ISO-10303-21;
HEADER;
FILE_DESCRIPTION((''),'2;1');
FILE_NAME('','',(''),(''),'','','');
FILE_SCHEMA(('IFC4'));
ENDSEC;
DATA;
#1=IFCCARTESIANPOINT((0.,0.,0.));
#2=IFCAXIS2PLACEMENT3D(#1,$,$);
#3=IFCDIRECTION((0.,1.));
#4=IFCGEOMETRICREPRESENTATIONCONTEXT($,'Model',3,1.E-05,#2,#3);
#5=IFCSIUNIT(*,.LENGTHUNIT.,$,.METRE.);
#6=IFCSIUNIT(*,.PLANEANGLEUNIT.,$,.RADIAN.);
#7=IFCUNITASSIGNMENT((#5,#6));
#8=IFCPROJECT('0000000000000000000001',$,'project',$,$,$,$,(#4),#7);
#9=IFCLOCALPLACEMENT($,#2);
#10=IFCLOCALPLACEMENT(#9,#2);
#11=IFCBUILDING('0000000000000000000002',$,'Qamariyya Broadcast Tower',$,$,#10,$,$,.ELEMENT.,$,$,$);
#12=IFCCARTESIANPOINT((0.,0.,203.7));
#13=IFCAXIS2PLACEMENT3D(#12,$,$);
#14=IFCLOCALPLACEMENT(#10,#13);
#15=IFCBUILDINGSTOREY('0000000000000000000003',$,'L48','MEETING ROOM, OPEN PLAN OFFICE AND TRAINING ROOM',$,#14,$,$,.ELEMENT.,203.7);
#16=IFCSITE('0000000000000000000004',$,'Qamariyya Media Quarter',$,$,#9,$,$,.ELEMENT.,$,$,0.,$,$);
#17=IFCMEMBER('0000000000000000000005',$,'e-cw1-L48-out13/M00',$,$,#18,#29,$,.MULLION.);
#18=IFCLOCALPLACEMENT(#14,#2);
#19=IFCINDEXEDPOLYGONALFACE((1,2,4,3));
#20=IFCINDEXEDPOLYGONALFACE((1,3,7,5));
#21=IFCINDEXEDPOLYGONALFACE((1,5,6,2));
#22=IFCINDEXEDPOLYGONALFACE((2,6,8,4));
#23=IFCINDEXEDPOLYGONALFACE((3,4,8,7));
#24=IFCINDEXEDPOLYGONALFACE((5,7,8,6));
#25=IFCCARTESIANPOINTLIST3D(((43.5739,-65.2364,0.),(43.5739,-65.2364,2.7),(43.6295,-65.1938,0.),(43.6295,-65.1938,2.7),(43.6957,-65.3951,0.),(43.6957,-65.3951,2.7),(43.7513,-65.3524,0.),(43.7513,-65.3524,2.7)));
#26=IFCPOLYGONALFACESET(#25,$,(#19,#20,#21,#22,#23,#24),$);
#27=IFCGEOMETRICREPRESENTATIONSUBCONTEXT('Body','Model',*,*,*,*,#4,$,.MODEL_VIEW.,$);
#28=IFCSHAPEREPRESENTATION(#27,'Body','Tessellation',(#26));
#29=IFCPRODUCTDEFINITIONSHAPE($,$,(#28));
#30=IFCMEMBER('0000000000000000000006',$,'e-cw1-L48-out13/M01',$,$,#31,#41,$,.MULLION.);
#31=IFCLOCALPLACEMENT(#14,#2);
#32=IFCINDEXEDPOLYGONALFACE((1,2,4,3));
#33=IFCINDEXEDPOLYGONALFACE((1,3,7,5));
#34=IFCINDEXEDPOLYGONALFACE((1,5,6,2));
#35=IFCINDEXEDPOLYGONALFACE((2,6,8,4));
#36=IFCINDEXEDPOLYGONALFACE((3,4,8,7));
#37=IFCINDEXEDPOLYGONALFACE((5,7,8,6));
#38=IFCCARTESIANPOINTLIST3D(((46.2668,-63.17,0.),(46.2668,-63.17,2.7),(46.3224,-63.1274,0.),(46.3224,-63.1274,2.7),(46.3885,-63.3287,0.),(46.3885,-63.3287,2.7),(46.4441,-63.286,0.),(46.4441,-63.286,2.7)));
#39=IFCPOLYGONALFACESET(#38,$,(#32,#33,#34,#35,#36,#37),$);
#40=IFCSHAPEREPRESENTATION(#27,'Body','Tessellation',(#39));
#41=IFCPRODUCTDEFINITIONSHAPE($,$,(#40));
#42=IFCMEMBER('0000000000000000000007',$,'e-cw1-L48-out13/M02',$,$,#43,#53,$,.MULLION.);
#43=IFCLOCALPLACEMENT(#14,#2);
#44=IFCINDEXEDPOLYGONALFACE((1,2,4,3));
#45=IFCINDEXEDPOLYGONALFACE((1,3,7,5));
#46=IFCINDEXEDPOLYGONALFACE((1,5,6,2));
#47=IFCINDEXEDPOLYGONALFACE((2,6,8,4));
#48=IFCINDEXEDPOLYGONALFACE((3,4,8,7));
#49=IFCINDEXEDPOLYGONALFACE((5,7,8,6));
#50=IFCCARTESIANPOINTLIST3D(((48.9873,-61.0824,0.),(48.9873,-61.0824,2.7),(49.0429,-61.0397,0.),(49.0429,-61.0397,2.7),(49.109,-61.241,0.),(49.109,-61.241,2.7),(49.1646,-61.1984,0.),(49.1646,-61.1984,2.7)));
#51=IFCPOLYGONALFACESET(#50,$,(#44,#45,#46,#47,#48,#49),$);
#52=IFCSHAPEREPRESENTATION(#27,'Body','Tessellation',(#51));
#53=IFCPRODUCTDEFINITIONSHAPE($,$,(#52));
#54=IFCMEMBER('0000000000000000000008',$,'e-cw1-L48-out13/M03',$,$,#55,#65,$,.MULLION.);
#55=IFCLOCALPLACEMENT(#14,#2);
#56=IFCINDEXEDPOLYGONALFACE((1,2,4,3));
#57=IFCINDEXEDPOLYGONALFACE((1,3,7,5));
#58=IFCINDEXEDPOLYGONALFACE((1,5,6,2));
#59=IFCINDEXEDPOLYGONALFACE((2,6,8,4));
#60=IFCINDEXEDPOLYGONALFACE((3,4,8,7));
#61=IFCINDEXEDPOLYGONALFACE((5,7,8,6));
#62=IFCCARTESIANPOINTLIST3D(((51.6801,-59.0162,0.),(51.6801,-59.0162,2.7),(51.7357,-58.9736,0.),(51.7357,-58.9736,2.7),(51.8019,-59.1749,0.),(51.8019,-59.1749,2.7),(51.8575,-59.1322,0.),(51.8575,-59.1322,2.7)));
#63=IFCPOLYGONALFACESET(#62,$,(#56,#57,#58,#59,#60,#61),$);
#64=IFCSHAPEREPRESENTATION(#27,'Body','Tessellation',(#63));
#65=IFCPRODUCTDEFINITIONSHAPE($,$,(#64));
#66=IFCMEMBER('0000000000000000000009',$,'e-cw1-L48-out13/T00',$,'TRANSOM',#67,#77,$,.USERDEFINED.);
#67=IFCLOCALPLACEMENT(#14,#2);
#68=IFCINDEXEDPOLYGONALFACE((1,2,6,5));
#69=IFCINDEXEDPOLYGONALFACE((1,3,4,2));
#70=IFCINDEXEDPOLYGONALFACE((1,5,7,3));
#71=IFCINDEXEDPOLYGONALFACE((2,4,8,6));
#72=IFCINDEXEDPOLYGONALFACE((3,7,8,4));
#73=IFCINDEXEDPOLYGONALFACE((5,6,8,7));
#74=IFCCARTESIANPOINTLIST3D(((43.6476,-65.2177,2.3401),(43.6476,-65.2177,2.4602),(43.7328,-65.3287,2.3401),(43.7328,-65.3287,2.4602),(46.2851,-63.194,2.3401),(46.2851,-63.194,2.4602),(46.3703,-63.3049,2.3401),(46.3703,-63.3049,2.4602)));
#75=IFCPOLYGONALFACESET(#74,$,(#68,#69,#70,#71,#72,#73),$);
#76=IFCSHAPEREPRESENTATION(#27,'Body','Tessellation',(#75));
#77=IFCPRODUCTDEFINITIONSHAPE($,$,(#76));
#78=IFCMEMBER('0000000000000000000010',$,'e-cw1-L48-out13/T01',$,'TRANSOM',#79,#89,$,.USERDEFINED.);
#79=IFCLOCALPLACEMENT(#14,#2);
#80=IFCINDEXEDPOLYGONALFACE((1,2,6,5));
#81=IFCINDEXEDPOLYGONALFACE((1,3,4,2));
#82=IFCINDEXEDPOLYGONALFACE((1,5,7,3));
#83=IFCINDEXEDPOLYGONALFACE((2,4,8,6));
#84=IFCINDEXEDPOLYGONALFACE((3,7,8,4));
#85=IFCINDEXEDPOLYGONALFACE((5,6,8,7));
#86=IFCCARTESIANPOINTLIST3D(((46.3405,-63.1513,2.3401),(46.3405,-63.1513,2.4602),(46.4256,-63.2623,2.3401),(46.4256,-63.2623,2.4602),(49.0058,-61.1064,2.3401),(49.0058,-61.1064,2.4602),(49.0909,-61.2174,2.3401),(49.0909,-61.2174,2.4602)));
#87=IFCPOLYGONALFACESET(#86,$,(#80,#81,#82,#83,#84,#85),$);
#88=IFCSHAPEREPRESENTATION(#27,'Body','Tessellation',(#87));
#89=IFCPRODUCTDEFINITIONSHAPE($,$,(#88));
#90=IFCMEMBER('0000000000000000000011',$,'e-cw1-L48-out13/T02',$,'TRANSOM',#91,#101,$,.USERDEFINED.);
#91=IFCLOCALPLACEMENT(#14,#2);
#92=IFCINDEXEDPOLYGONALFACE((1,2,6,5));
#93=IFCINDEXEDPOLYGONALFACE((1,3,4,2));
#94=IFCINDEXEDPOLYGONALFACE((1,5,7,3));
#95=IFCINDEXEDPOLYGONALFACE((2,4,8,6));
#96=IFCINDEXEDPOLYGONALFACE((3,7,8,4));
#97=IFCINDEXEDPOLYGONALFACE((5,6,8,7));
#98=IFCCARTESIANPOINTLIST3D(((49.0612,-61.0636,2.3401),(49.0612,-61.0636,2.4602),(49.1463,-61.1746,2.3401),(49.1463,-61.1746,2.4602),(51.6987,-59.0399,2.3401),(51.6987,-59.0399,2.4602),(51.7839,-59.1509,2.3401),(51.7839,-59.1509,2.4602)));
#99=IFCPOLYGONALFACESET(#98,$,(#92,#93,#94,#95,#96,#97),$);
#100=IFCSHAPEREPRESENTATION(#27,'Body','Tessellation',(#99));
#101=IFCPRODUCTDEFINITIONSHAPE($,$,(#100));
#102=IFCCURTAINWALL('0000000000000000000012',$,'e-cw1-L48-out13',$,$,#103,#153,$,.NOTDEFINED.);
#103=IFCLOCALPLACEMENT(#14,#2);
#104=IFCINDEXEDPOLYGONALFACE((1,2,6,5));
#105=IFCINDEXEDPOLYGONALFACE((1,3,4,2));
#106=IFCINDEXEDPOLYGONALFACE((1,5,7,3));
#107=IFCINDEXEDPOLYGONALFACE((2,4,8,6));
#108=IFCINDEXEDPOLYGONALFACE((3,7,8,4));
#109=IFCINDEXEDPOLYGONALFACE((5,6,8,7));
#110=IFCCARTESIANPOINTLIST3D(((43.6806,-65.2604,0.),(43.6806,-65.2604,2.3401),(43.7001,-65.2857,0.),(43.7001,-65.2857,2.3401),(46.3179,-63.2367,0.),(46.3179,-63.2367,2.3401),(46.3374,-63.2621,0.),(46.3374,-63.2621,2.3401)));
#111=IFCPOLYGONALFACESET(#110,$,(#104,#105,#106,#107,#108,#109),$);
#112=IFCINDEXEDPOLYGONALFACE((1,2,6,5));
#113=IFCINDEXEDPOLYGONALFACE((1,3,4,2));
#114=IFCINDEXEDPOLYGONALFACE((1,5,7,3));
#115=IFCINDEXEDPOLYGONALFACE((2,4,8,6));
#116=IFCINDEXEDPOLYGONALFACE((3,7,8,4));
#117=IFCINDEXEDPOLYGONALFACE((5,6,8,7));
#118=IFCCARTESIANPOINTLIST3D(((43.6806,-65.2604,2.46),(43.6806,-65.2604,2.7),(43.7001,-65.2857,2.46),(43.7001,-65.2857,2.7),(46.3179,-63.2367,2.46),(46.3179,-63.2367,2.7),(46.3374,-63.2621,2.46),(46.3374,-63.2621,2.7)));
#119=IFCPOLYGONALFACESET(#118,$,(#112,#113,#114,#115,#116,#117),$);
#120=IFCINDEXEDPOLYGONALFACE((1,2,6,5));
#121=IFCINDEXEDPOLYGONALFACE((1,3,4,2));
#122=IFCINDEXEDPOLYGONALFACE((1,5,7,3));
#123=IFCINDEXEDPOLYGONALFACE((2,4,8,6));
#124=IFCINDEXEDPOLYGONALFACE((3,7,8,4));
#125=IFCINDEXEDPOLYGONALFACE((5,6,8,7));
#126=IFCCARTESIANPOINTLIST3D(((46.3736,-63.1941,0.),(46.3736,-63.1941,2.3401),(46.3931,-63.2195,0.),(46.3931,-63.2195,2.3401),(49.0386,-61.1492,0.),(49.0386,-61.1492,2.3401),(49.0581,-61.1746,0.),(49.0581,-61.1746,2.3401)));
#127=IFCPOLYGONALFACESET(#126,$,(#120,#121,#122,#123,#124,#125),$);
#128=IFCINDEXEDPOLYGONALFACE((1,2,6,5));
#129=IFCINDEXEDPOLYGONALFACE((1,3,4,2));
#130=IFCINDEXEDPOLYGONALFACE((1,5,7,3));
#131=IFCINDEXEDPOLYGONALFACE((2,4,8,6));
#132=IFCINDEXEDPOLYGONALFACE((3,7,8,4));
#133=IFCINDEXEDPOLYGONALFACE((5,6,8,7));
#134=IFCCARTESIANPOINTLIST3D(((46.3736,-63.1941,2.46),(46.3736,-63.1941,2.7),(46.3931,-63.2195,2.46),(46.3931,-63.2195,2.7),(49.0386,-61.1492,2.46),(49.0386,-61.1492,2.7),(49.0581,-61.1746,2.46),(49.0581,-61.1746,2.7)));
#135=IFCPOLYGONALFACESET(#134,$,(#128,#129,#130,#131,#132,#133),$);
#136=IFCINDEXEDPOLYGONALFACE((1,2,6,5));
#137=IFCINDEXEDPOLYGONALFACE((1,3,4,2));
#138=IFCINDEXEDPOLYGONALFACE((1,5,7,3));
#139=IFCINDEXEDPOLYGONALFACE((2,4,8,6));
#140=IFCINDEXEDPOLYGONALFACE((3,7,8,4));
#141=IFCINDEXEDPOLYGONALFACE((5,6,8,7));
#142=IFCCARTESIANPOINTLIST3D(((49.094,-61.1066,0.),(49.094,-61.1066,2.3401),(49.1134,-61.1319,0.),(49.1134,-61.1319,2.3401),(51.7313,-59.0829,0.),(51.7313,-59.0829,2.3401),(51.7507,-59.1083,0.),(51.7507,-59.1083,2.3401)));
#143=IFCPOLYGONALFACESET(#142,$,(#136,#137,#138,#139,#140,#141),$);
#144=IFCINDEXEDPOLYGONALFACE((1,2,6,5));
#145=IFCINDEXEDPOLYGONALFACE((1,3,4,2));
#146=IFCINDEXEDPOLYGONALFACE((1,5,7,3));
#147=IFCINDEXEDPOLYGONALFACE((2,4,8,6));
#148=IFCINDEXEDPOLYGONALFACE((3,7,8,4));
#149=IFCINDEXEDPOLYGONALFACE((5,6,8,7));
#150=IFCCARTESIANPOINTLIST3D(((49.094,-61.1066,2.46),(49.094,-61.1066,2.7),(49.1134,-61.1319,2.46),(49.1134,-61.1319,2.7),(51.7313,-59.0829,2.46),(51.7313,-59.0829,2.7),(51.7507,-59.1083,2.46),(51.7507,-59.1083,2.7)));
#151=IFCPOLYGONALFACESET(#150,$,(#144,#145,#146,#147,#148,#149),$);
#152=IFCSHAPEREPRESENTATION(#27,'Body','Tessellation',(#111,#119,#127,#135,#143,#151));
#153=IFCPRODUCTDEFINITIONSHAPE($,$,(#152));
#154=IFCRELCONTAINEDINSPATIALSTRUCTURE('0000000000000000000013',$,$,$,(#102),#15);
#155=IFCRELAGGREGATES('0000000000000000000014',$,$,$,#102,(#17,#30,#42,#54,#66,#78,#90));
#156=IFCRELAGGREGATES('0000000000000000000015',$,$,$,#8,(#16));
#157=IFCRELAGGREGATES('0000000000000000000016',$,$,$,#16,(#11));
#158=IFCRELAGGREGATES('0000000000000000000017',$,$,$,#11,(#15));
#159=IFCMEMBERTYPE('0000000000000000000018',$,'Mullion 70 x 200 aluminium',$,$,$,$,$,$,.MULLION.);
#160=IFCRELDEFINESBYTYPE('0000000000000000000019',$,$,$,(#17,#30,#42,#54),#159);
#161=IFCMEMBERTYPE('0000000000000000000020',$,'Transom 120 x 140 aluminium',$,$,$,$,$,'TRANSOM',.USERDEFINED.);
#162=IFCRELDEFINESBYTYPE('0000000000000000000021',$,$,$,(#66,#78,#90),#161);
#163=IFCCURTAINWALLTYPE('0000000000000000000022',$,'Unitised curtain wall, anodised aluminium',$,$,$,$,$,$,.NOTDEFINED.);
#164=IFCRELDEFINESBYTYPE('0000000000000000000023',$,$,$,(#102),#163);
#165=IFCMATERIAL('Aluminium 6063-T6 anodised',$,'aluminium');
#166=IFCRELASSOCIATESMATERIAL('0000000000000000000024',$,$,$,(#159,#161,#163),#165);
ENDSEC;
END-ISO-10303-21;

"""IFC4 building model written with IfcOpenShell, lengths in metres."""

from ifc_helpers import new_model, si_unit, direction, frame, origin, origin_2d, place, context, subcontext, project, spatial, rectangle, extrude, material, material_profile, profile_set, type_object, element, aggregate, save


model = new_model("IFC4")

# Units and contexts
model_context = context("Model", 3, precision=1e-05, world=origin(), true_north=direction((0.0, 1.0)))
body_context = subcontext(model_context, "Body", "Model", "MODEL_VIEW")
ifc_project = project(units=[si_unit("LENGTHUNIT", "METRE"), si_unit("PLANEANGLEUNIT", "RADIAN")], contexts=[model_context])

# Members
ifc_material = material(Name="Aluminium 6063-T6 anodised", Category="aluminium")
ifc_material_profile_1 = material_profile(ifc_material, rectangle(XDim=0.2, YDim=0.0701, at=origin_2d()))
ifc_profile_set_1 = profile_set([ifc_material_profile_1], Name="Aluminium 6063-T6 anodised")
member_type_1 = type_object("IfcMemberType", Name="Mullion 70 x 200 aluminium", PredefinedType="MULLION", material=ifc_profile_set_1)
site_placement = place(None, origin())
building_placement = place(site_placement, origin())
storey_placement = place(building_placement, frame((0.0, 0.0, 203.7)))
member_1_placement = place(storey_placement, frame((43.6626, -65.2944, 0.0), z_axis=(0.0, 0.0, 1.0), x_axis=(-0.608761, 0.793353, 0.0)))
member_1 = element("IfcMember", 1, at=member_1_placement, type_object=member_type_1, Name="e-cw1-L48-out13/M00", PredefinedType="MULLION", context=body_context, shape_type="SweptSolid", body=[
    extrude(rectangle(XDim=0.2, YDim=0.0701, at=origin_2d()), origin(), (0.0, 0.0, 1.0), 2.7),
])
member_2_placement = place(storey_placement, frame((46.3555, -63.228, 0.0), z_axis=(0.0, 0.0, 1.0), x_axis=(-0.608761, 0.793353, 0.0)))
member_2 = element("IfcMember", 2, at=member_2_placement, type_object=member_type_1, Name="e-cw1-L48-out13/M01", PredefinedType="MULLION", context=body_context, shape_type="SweptSolid", body=[
    extrude(rectangle(XDim=0.2, YDim=0.0701, at=origin_2d()), origin(), (0.0, 0.0, 1.0), 2.7),
])
member_3_placement = place(storey_placement, frame((49.0759, -61.1404, 0.0), z_axis=(0.0, 0.0, 1.0), x_axis=(-0.608761, 0.793353, 0.0)))
member_3 = element("IfcMember", 3, at=member_3_placement, type_object=member_type_1, Name="e-cw1-L48-out13/M02", PredefinedType="MULLION", context=body_context, shape_type="SweptSolid", body=[
    extrude(rectangle(XDim=0.2, YDim=0.0701, at=origin_2d()), origin(), (0.0, 0.0, 1.0), 2.7),
])
member_4_placement = place(storey_placement, frame((51.7688, -59.0742, 0.0), z_axis=(0.0, 0.0, 1.0), x_axis=(-0.608761, 0.793353, 0.0)))
member_4 = element("IfcMember", 4, at=member_4_placement, type_object=member_type_1, Name="e-cw1-L48-out13/M03", PredefinedType="MULLION", context=body_context, shape_type="SweptSolid", body=[
    extrude(rectangle(XDim=0.2, YDim=0.0701, at=origin_2d()), origin(), (0.0, 0.0, 1.0), 2.7),
])
ifc_material_profile_2 = material_profile(ifc_material, rectangle(XDim=0.1399, YDim=0.1201, at=origin_2d()))
ifc_profile_set_2 = profile_set([ifc_material_profile_2], Name="Aluminium 6063-T6 anodised")
member_type_2 = type_object("IfcMemberType", Name="Transom 120 x 140 aluminium", ElementType="TRANSOM", PredefinedType="USERDEFINED", material=ifc_profile_set_2)
member_5_placement = place(storey_placement, frame((43.6902, -65.2732, 2.4001), z_axis=(0.793369, 0.608741, 0.0), x_axis=(-0.608741, 0.793369, 0.0)))
member_5 = element("IfcMember", 5, at=member_5_placement, type_object=member_type_2, Name="e-cw1-L48-out13/T00", ObjectType="TRANSOM", PredefinedType="USERDEFINED", context=body_context, shape_type="SweptSolid", body=[
    extrude(rectangle(XDim=0.1399, YDim=0.1201, at=origin_2d()), origin(), (0.0, 0.0, 1.0), 3.3245),
])
member_6_placement = place(storey_placement, frame((46.3831, -63.2068, 2.4001), z_axis=(0.793385, 0.60872, 0.0), x_axis=(-0.60872, 0.793385, 0.0)))
member_6 = element("IfcMember", 6, at=member_6_placement, type_object=member_type_2, Name="e-cw1-L48-out13/T01", ObjectType="TRANSOM", PredefinedType="USERDEFINED", context=body_context, shape_type="SweptSolid", body=[
    extrude(rectangle(XDim=0.1399, YDim=0.1201, at=origin_2d()), origin(), (0.0, 0.0, 1.0), 3.3594),
])
member_7_placement = place(storey_placement, frame((49.1038, -61.1191, 2.4001), z_axis=(0.793369, 0.608741, 0.0), x_axis=(-0.608741, 0.793369, 0.0)))
member_7 = element("IfcMember", 7, at=member_7_placement, type_object=member_type_2, Name="e-cw1-L48-out13/T02", ObjectType="TRANSOM", PredefinedType="USERDEFINED", context=body_context, shape_type="SweptSolid", body=[
    extrude(rectangle(XDim=0.1399, YDim=0.1201, at=origin_2d()), origin(), (0.0, 0.0, 1.0), 3.3245),
])

# Site, building, storey
site = spatial("IfcSite", under=ifc_project, at=site_placement, Name="Qamariyya Media Quarter", CompositionType="ELEMENT", RefElevation=0.0)
building = spatial("IfcBuilding", under=site, at=building_placement, Name="Qamariyya Broadcast Tower", CompositionType="ELEMENT")
storey = spatial("IfcBuildingStorey", under=building, at=storey_placement, Name="L48", Description="MEETING ROOM, OPEN PLAN OFFICE AND TRAINING ROOM", CompositionType="ELEMENT", Elevation=203.7)

# Curtain wall
curtain_wall_type = type_object("IfcCurtainWallType", Name="Unitised curtain wall, anodised aluminium", PredefinedType="NOTDEFINED", material=ifc_material)
curtain_wall_1_placement = place(storey_placement, origin())
curtain_wall_1 = element("IfcCurtainWall", 8, at=curtain_wall_1_placement, inside=storey, type_object=curtain_wall_type, Name="e-cw1-L48-out13", PredefinedType="NOTDEFINED", context=body_context, shape_type="SweptSolid", body=[
    extrude(rectangle(XDim=3.3242, YDim=0.032, at=origin_2d()), frame((45.009, -64.2612, 0.0), x_axis=(0.793359, 0.608754, 0.0)), (0.0, 0.0, 1.0), 2.3401),
    extrude(rectangle(XDim=3.3242, YDim=0.032, at=origin_2d()), frame((45.009, -64.2612, 2.46), x_axis=(0.793359, 0.608754, 0.0)), (0.0, 0.0, 1.0), 0.24),
    extrude(rectangle(XDim=3.3591, YDim=0.032, at=origin_2d()), frame((47.7158, -62.1843, 0.0), x_axis=(0.793359, 0.608754, 0.0)), (0.0, 0.0, 1.0), 2.3401),
    extrude(rectangle(XDim=3.3591, YDim=0.032, at=origin_2d()), frame((47.7158, -62.1843, 2.46), x_axis=(0.793359, 0.608754, 0.0)), (0.0, 0.0, 1.0), 0.24),
    extrude(rectangle(XDim=3.3242, YDim=0.032, at=origin_2d()), frame((50.4224, -60.1074, 0.0), x_axis=(0.793359, 0.608754, 0.0)), (0.0, 0.0, 1.0), 2.3401),
    extrude(rectangle(XDim=3.3242, YDim=0.032, at=origin_2d()), frame((50.4224, -60.1074, 2.46), x_axis=(0.793359, 0.608754, 0.0)), (0.0, 0.0, 1.0), 0.24),
])
aggregate(curtain_wall_1, [member_1, member_2, member_3, member_4, member_5, member_6, member_7])

save(model, "model.ifc")
